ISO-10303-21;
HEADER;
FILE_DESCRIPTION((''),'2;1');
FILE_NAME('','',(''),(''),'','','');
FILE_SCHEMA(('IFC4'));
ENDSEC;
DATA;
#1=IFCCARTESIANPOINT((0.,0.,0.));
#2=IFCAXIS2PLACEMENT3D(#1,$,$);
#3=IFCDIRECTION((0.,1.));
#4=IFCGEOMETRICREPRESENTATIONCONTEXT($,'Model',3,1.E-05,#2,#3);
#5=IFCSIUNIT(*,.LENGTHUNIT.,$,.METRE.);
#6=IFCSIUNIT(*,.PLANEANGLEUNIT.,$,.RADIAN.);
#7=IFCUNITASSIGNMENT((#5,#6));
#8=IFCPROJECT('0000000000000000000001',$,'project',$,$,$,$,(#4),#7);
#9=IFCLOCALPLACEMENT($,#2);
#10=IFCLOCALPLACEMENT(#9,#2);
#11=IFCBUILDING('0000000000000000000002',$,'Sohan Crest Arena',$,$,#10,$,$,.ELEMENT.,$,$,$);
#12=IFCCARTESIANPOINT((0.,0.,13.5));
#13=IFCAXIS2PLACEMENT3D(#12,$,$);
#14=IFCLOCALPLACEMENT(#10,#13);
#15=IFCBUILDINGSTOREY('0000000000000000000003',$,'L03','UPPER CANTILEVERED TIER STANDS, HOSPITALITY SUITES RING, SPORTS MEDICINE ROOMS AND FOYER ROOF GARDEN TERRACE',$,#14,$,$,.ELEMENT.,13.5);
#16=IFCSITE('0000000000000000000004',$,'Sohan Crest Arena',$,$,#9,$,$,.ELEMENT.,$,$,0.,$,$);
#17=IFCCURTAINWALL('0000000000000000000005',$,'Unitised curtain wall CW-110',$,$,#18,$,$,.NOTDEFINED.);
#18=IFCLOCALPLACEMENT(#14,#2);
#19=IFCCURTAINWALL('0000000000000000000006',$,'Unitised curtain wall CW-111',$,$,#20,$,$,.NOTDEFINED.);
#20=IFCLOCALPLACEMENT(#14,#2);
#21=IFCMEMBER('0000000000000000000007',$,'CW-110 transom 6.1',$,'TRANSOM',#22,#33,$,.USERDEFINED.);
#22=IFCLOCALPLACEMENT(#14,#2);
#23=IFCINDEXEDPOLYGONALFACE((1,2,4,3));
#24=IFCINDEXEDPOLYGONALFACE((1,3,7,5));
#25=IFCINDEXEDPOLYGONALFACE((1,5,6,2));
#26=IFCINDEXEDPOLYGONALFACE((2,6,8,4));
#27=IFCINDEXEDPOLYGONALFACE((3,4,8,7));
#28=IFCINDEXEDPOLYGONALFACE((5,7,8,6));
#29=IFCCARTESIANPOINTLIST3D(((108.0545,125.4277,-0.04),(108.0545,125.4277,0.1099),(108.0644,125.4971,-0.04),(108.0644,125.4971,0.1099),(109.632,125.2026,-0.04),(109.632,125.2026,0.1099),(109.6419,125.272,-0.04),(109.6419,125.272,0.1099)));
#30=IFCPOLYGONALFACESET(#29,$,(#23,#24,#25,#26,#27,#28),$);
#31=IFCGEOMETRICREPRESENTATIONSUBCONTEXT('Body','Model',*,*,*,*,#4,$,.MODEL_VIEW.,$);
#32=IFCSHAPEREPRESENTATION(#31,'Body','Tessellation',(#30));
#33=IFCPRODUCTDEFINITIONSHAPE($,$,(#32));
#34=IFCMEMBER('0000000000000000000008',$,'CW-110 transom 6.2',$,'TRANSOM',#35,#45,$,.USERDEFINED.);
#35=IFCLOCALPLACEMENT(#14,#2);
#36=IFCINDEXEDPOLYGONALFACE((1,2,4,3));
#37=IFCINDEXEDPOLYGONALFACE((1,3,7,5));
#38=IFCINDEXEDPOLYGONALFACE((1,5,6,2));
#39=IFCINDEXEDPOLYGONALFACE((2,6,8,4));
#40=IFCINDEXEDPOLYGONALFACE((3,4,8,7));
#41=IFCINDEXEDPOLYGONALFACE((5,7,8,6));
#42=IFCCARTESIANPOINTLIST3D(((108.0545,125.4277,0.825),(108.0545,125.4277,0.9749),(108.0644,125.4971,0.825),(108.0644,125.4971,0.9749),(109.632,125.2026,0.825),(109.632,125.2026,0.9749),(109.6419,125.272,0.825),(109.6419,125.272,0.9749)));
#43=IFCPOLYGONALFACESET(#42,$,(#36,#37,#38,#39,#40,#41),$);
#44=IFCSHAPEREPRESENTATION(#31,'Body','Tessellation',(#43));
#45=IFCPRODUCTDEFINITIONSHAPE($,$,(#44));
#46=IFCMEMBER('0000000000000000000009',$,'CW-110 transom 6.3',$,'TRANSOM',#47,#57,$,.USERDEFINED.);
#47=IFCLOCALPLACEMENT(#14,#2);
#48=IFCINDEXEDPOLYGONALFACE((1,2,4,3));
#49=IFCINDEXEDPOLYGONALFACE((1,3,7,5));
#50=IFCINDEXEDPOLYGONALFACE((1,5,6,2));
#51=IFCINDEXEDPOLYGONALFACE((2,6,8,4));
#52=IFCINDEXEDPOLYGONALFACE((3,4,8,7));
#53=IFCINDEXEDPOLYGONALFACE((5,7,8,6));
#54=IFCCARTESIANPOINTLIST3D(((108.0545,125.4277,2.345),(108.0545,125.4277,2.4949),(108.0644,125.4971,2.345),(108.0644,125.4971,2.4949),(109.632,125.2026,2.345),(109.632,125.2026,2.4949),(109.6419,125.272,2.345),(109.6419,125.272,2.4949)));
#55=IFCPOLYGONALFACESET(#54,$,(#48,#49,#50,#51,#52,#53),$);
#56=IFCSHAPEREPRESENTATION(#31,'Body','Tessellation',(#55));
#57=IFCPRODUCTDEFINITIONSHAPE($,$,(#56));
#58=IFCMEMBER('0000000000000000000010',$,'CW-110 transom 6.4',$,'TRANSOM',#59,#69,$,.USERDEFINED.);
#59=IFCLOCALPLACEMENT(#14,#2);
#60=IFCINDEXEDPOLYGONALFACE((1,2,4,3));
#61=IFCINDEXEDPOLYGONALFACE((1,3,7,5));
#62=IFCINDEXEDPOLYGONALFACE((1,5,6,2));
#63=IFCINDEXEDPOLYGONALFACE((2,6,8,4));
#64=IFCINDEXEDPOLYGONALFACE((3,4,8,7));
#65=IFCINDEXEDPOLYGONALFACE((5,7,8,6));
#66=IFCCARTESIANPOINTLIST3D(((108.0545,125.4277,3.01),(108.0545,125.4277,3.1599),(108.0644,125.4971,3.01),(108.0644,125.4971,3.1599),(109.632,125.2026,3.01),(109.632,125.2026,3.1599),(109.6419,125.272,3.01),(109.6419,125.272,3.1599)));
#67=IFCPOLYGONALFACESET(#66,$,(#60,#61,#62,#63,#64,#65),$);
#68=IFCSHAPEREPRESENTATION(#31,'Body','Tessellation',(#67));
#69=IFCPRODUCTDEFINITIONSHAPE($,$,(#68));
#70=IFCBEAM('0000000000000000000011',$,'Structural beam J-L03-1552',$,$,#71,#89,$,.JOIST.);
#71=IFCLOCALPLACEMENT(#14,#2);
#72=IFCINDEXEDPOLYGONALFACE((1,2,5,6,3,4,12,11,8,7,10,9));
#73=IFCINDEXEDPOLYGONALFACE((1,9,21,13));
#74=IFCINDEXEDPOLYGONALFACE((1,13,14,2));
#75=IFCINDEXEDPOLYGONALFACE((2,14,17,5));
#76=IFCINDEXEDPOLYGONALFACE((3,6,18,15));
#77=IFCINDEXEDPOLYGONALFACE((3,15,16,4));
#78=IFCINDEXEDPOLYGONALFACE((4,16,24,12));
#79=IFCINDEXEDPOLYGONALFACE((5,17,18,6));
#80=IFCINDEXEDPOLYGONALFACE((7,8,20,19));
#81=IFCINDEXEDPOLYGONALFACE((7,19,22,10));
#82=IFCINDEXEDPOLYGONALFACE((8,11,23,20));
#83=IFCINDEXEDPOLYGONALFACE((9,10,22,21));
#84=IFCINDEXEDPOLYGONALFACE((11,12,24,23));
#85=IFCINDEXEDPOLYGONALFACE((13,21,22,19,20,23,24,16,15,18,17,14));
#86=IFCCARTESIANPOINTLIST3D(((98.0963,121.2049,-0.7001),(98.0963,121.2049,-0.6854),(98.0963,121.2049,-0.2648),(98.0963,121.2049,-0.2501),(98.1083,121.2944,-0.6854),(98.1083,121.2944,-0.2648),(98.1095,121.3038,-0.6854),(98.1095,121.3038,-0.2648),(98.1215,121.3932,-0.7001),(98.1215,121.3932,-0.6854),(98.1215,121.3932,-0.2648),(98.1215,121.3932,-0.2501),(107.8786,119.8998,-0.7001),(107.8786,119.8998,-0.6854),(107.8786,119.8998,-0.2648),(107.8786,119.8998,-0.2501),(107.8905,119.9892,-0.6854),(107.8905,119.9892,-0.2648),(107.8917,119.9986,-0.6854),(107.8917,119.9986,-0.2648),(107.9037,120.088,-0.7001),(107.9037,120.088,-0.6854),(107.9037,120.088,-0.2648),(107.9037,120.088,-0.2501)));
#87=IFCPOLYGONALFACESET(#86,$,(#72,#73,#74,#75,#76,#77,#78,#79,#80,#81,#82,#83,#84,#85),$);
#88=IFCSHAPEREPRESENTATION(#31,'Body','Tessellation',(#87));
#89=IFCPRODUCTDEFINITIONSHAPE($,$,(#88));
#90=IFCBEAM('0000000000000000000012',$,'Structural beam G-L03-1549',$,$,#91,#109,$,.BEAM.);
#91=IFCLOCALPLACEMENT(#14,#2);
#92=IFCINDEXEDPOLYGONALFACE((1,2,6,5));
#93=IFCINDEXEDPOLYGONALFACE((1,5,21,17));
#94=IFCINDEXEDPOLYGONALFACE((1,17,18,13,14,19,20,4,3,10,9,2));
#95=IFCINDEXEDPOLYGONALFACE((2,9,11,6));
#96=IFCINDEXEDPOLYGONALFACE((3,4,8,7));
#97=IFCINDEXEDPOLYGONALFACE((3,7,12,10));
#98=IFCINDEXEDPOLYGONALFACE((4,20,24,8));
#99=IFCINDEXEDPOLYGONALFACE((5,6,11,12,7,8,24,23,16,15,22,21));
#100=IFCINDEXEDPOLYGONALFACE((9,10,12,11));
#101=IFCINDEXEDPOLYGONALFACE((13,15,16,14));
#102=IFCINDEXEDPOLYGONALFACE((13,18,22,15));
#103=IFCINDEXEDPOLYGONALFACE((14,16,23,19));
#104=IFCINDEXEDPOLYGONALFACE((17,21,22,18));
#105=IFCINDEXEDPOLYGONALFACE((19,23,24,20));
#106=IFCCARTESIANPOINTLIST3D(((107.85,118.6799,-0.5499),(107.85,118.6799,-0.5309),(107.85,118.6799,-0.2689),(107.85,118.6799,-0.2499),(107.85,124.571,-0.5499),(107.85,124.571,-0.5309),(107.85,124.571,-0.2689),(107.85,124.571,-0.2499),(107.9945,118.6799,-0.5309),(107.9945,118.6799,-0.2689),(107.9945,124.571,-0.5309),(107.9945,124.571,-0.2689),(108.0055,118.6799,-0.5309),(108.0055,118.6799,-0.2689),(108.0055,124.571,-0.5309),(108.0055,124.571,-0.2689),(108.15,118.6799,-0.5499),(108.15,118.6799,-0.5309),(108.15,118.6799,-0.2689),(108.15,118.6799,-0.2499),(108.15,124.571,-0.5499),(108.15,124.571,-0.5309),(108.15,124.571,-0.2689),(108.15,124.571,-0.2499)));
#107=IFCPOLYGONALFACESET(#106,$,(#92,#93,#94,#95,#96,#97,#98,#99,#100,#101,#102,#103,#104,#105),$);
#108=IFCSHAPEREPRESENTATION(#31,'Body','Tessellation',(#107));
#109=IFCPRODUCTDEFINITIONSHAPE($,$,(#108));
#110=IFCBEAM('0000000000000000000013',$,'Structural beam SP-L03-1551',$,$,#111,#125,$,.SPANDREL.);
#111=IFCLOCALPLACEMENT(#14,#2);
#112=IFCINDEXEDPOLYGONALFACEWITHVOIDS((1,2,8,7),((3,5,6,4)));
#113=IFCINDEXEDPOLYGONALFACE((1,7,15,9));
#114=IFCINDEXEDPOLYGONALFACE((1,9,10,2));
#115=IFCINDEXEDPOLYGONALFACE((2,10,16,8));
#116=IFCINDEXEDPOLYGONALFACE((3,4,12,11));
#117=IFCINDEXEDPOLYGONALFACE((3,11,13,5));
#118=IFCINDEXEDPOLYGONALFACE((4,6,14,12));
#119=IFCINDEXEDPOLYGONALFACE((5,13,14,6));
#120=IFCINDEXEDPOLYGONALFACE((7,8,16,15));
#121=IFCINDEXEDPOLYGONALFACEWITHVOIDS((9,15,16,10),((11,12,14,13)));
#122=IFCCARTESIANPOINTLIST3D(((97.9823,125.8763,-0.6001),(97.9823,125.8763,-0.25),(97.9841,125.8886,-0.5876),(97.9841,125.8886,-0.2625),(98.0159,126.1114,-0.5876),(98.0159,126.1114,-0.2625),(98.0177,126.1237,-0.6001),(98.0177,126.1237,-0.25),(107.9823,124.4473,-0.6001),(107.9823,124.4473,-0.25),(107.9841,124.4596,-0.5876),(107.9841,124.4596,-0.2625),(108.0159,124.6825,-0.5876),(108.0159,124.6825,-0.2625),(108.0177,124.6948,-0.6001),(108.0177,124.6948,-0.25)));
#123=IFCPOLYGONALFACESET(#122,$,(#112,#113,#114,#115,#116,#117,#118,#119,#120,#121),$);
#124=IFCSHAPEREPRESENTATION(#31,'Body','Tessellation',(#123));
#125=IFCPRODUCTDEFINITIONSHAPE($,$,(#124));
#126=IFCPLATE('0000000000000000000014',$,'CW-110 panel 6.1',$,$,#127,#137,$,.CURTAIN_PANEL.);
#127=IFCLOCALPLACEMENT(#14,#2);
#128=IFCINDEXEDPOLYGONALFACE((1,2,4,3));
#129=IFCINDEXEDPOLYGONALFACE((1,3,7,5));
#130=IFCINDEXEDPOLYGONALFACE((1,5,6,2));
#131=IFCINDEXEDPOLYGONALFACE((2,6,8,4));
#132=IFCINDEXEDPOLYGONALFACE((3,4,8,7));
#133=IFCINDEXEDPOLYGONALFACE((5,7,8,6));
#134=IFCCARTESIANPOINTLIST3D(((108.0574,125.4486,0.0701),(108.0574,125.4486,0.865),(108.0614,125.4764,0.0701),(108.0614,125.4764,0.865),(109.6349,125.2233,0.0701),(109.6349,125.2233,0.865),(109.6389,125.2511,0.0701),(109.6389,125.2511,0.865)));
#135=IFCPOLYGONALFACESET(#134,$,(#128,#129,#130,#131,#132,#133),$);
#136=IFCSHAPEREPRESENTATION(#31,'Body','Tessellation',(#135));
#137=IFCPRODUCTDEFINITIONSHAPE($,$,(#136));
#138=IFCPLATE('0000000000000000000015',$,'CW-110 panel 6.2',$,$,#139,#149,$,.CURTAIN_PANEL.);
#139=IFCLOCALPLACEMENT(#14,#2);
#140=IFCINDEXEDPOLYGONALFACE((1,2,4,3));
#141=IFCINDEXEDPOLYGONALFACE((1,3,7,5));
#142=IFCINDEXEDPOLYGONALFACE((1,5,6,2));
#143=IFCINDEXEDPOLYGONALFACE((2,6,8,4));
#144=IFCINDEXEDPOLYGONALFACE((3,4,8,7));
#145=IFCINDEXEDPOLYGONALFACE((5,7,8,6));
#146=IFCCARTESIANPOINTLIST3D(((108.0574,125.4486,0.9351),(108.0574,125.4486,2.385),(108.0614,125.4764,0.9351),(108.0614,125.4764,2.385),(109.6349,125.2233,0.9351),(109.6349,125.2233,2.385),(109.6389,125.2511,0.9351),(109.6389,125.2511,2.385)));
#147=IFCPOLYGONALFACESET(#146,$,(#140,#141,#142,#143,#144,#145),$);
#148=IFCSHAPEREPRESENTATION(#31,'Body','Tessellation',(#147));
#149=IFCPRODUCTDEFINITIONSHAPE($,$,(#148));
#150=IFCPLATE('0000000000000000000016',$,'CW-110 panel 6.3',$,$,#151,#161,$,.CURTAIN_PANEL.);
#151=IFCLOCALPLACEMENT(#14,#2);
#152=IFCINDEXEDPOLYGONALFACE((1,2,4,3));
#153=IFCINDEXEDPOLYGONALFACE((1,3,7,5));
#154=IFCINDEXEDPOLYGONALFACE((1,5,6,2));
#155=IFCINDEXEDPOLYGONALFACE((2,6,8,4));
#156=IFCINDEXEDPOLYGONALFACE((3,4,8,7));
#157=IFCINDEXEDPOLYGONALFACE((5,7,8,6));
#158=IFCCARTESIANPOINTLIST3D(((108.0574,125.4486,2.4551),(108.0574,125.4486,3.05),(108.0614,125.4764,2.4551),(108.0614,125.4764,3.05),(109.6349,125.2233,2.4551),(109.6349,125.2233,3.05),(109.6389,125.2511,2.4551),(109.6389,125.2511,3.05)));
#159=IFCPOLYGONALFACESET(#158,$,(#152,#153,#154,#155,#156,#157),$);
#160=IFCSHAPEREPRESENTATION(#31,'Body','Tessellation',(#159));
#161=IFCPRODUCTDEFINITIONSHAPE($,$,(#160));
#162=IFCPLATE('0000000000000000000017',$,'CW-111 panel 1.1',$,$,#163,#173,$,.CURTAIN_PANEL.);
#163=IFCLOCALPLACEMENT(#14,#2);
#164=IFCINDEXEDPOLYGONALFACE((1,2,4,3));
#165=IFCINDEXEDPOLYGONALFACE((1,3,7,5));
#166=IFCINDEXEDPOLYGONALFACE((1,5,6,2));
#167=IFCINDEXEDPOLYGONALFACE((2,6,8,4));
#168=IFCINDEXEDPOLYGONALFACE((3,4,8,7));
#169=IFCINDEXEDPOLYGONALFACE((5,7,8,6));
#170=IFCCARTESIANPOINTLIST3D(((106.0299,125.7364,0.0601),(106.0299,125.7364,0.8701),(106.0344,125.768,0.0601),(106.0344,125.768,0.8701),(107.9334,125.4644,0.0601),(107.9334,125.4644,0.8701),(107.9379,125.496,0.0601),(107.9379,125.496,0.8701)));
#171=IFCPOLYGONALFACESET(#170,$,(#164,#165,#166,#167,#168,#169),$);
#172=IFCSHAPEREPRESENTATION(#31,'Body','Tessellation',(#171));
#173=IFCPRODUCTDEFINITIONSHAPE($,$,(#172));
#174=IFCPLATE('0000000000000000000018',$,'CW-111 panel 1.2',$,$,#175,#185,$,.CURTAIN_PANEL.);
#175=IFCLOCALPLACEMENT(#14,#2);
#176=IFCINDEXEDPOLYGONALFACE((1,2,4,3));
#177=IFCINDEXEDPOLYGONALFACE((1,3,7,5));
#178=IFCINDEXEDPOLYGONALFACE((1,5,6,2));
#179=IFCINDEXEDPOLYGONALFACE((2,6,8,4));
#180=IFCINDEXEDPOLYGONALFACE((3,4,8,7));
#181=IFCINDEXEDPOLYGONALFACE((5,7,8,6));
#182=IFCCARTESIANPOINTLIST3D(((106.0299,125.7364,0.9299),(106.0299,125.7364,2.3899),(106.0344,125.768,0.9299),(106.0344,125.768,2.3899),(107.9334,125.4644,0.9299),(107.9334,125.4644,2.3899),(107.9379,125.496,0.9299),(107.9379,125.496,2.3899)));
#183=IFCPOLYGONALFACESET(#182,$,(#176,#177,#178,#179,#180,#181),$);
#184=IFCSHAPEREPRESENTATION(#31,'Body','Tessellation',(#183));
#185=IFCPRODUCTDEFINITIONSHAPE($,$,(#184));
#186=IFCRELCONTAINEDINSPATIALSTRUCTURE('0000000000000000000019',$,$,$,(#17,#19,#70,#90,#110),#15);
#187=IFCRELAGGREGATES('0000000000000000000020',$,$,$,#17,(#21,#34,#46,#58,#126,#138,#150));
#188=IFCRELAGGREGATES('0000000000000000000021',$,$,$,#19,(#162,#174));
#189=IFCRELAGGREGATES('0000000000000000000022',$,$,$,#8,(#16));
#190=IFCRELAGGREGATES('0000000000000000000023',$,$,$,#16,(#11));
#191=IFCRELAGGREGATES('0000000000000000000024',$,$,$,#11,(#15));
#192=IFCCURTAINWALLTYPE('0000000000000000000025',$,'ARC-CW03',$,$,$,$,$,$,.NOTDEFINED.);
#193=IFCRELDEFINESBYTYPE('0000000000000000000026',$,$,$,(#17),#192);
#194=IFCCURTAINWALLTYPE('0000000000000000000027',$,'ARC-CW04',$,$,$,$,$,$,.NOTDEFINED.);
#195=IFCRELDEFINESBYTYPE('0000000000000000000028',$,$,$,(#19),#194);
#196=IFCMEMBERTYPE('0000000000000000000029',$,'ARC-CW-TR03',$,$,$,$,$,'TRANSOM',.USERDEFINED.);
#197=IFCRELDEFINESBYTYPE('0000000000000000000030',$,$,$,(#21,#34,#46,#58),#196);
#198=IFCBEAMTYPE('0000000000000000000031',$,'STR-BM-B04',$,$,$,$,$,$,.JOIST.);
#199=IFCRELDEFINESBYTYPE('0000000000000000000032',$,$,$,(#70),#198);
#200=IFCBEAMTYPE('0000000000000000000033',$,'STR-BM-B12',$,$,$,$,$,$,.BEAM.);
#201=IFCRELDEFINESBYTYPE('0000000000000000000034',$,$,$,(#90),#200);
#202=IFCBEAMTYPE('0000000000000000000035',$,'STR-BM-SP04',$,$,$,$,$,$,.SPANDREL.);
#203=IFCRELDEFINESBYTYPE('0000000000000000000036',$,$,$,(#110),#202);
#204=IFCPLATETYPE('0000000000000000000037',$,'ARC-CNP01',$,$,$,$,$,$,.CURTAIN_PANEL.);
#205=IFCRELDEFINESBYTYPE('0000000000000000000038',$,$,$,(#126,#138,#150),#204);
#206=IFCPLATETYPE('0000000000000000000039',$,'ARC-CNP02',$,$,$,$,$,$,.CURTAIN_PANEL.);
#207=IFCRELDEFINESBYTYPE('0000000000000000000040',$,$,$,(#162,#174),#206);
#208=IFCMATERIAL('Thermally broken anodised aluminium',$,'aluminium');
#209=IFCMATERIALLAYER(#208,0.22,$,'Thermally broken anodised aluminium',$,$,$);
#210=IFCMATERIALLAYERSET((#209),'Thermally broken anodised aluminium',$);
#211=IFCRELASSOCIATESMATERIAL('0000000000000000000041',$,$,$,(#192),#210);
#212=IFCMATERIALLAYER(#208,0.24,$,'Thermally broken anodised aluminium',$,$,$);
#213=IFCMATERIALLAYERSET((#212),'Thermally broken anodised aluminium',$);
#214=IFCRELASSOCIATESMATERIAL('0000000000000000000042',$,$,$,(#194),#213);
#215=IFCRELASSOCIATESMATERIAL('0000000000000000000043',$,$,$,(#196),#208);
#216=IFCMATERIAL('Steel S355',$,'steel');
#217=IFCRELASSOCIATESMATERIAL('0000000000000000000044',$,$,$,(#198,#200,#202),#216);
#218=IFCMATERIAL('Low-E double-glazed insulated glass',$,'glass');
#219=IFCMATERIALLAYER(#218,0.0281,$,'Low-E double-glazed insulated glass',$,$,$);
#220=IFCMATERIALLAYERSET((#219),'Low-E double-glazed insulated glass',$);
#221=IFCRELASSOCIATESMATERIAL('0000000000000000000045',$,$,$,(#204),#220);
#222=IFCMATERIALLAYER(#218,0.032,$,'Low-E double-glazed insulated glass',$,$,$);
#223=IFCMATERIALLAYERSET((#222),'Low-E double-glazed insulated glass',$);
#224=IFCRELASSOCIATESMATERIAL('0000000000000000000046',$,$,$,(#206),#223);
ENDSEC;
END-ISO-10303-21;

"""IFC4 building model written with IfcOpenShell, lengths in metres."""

from ifc_helpers import new_model, si_unit, direction, frame, origin, origin_2d, place, context, subcontext, project, spatial, rectangle, hollow_rectangle, i_section, extrude, material, layer, layer_set, material_profile, profile_set, type_object, element, aggregate, save


model = new_model("IFC4")

# Units and contexts
model_context = context("Model", 3, precision=1e-05, world=origin(), true_north=direction((0.0, 1.0)))
body_context = subcontext(model_context, "Body", "Model", "MODEL_VIEW")
ifc_project = project(units=[si_unit("LENGTHUNIT", "METRE"), si_unit("PLANEANGLEUNIT", "RADIAN")], contexts=[model_context])

# Site, building, storey
site_placement = place(None, origin())
site = spatial("IfcSite", under=ifc_project, at=site_placement, Name="Sohan Crest Arena", CompositionType="ELEMENT", RefElevation=0.0)
building_placement = place(site_placement, origin())
building = spatial("IfcBuilding", under=site, at=building_placement, Name="Sohan Crest Arena", CompositionType="ELEMENT")
storey_placement = place(building_placement, frame((0.0, 0.0, 13.5)))
storey = spatial("IfcBuildingStorey", under=building, at=storey_placement, Name="L03", Description="UPPER CANTILEVERED TIER STANDS, HOSPITALITY SUITES RING, SPORTS MEDICINE ROOMS AND FOYER ROOF GARDEN TERRACE", CompositionType="ELEMENT", Elevation=13.5)

# Shared definitions
ifc_material_1 = material(Name="Steel S355", Category="steel")

# Curtain walls
ifc_material_2 = material(Name="Thermally broken anodised aluminium", Category="aluminium")
ifc_layer_1 = layer(ifc_material_2, 0.22, Name="Thermally broken anodised aluminium")
ifc_layer_set_1 = layer_set([ifc_layer_1], Name="Thermally broken anodised aluminium")
curtain_wall_type_1 = type_object("IfcCurtainWallType", Name="ARC-CW03", PredefinedType="NOTDEFINED", material=ifc_layer_set_1)
curtain_wall_1_placement = place(storey_placement, origin())
curtain_wall_1 = element("IfcCurtainWall", 1, at=curtain_wall_1_placement, inside=storey, type_object=curtain_wall_type_1, Name="Unitised curtain wall CW-110", PredefinedType="NOTDEFINED")
ifc_layer_2 = layer(ifc_material_2, 0.24, Name="Thermally broken anodised aluminium")
ifc_layer_set_2 = layer_set([ifc_layer_2], Name="Thermally broken anodised aluminium")
curtain_wall_type_2 = type_object("IfcCurtainWallType", Name="ARC-CW04", PredefinedType="NOTDEFINED", material=ifc_layer_set_2)
curtain_wall_2_placement = place(storey_placement, origin())
curtain_wall_2 = element("IfcCurtainWall", 2, at=curtain_wall_2_placement, inside=storey, type_object=curtain_wall_type_2, Name="Unitised curtain wall CW-111", PredefinedType="NOTDEFINED")

# Members
ifc_material_profile_1 = material_profile(ifc_material_2, rectangle(XDim=0.0701, YDim=0.1499, at=origin_2d()), Name="ALU-TRAN 70x150")
ifc_profile_set_1 = profile_set([ifc_material_profile_1], Name="Thermally broken anodised aluminium")
member_type_1 = type_object("IfcMemberType", Name="ARC-CW-TR03", ElementType="TRANSOM", PredefinedType="USERDEFINED", material=ifc_profile_set_1)
member_1_placement = place(storey_placement, frame((109.637, 125.2373, 0.0349), z_axis=(-0.989974, 0.14125, 0.0), x_axis=(-0.14125, -0.989974, 0.0)))
member_1 = element("IfcMember", 3, at=member_1_placement, type_object=member_type_1, Name="CW-110 transom 6.1", ObjectType="TRANSOM", PredefinedType="USERDEFINED", context=body_context, shape_type="SweptSolid", body=[
    extrude(rectangle(XDim=0.0701, YDim=0.1499, at=origin_2d()), origin(), (0.0, 0.0, 1.0), 1.5935),
])
member_2_placement = place(storey_placement, frame((109.637, 125.2373, 0.8999), z_axis=(-0.989974, 0.14125, 0.0), x_axis=(-0.14125, -0.989974, 0.0)))
member_2 = element("IfcMember", 4, at=member_2_placement, type_object=member_type_1, Name="CW-110 transom 6.2", ObjectType="TRANSOM", PredefinedType="USERDEFINED", context=body_context, shape_type="SweptSolid", body=[
    extrude(rectangle(XDim=0.0701, YDim=0.1499, at=origin_2d()), origin(), (0.0, 0.0, 1.0), 1.5935),
])
member_3_placement = place(storey_placement, frame((109.637, 125.2373, 2.4199), z_axis=(-0.989974, 0.14125, 0.0), x_axis=(-0.14125, -0.989974, 0.0)))
member_3 = element("IfcMember", 5, at=member_3_placement, type_object=member_type_1, Name="CW-110 transom 6.3", ObjectType="TRANSOM", PredefinedType="USERDEFINED", context=body_context, shape_type="SweptSolid", body=[
    extrude(rectangle(XDim=0.0701, YDim=0.1499, at=origin_2d()), origin(), (0.0, 0.0, 1.0), 1.5935),
])
member_4_placement = place(storey_placement, frame((109.637, 125.2373, 3.085), z_axis=(-0.989974, 0.14125, 0.0), x_axis=(-0.14125, -0.989974, 0.0)))
member_4 = element("IfcMember", 6, at=member_4_placement, type_object=member_type_1, Name="CW-110 transom 6.4", ObjectType="TRANSOM", PredefinedType="USERDEFINED", context=body_context, shape_type="SweptSolid", body=[
    extrude(rectangle(XDim=0.0701, YDim=0.1499, at=origin_2d()), origin(), (0.0, 0.0, 1.0), 1.5935),
])

# Beams
ifc_material_profile_2 = material_profile(ifc_material_1, i_section(OverallWidth=0.1899, OverallDepth=0.45, WebThickness=0.0095, FlangeThickness=0.0146, at=origin_2d()), Name="IPE 450")
ifc_profile_set_2 = profile_set([ifc_material_profile_2], Name="Steel S355")
beam_type_1 = type_object("IfcBeamType", Name="STR-BM-B04", PredefinedType="JOIST", material=ifc_profile_set_2)
beam_1_placement = place(storey_placement, frame((107.8911, 119.9939, -0.4751), z_axis=(-0.991216, 0.132251, 0.0), x_axis=(-0.132251, -0.991216, 0.0)))
element("IfcBeam", 7, at=beam_1_placement, inside=storey, type_object=beam_type_1, Name="Structural beam J-L03-1552", PredefinedType="JOIST", context=body_context, shape_type="SweptSolid", body=[
    extrude(i_section(OverallWidth=0.1899, OverallDepth=0.45, WebThickness=0.0095, FlangeThickness=0.0146, at=origin_2d()), origin(), (0.0, 0.0, 1.0), 9.8689),
])
ifc_material_profile_3 = material_profile(ifc_material_1, i_section(OverallWidth=0.3, OverallDepth=0.3, WebThickness=0.011, FlangeThickness=0.019, at=origin_2d()), Name="HEB 300")
ifc_profile_set_3 = profile_set([ifc_material_profile_3], Name="Steel S355")
beam_type_2 = type_object("IfcBeamType", Name="STR-BM-B12", PredefinedType="BEAM", material=ifc_profile_set_3)
beam_2_placement = place(storey_placement, frame((108.0, 118.6799, -0.3999), z_axis=(0.0, 1.0, 0.0), x_axis=(-1.0, 0.0, 0.0)))
element("IfcBeam", 8, at=beam_2_placement, inside=storey, type_object=beam_type_2, Name="Structural beam G-L03-1549", PredefinedType="BEAM", context=body_context, shape_type="SweptSolid", body=[
    extrude(i_section(OverallWidth=0.3, OverallDepth=0.3, WebThickness=0.011, FlangeThickness=0.019, at=origin_2d()), origin(), (0.0, 0.0, 1.0), 5.8911),
])
ifc_material_profile_4 = material_profile(ifc_material_1, hollow_rectangle(XDim=0.25, YDim=0.3501, WallThickness=0.0125, at=origin_2d()), Name="RHS 350x250x12.5")
ifc_profile_set_4 = profile_set([ifc_material_profile_4], Name="Steel S355")
beam_type_3 = type_object("IfcBeamType", Name="STR-BM-SP04", PredefinedType="SPANDREL", material=ifc_profile_set_4)
beam_3_placement = place(storey_placement, frame((108.0, 124.571, -0.425), z_axis=(-0.989944, 0.141459, 0.0), x_axis=(-0.141459, -0.989944, 0.0)))
element("IfcBeam", 9, at=beam_3_placement, inside=storey, type_object=beam_type_3, Name="Structural beam SP-L03-1551", PredefinedType="SPANDREL", context=body_context, shape_type="SweptSolid", body=[
    extrude(hollow_rectangle(XDim=0.25, YDim=0.3501, WallThickness=0.0125, at=origin_2d()), origin(), (0.0, 0.0, 1.0), 10.1016),
])

# Plates
ifc_material_3 = material(Name="Low-E double-glazed insulated glass", Category="glass")
ifc_layer_3 = layer(ifc_material_3, 0.0281, Name="Low-E double-glazed insulated glass")
ifc_layer_set_3 = layer_set([ifc_layer_3], Name="Low-E double-glazed insulated glass")
plate_type_1 = type_object("IfcPlateType", Name="ARC-CNP01", PredefinedType="CURTAIN_PANEL", material=ifc_layer_set_3)
plate_1_placement = place(storey_placement, frame((108.8481, 125.3499, 0.0701), z_axis=(0.0, 0.0, 1.0), x_axis=(-0.989957, 0.141366, 0.0)))
plate_1 = element("IfcPlate", 10, at=plate_1_placement, type_object=plate_type_1, Name="CW-110 panel 6.1", PredefinedType="CURTAIN_PANEL", context=body_context, shape_type="SweptSolid", body=[
    extrude(rectangle(XDim=1.5935, YDim=0.0281, at=origin_2d()), origin(), (0.0, 0.0, 1.0), 0.7949),
])
plate_2_placement = place(storey_placement, frame((108.8481, 125.3499, 0.9351), z_axis=(0.0, 0.0, 1.0), x_axis=(-0.989957, 0.141366, 0.0)))
plate_2 = element("IfcPlate", 11, at=plate_2_placement, type_object=plate_type_1, Name="CW-110 panel 6.2", PredefinedType="CURTAIN_PANEL", context=body_context, shape_type="SweptSolid", body=[
    extrude(rectangle(XDim=1.5935, YDim=0.0281, at=origin_2d()), origin(), (0.0, 0.0, 1.0), 1.45),
])
plate_3_placement = place(storey_placement, frame((108.8481, 125.3499, 2.4551), z_axis=(0.0, 0.0, 1.0), x_axis=(-0.989957, 0.141366, 0.0)))
plate_3 = element("IfcPlate", 12, at=plate_3_placement, type_object=plate_type_1, Name="CW-110 panel 6.3", PredefinedType="CURTAIN_PANEL", context=body_context, shape_type="SweptSolid", body=[
    extrude(rectangle(XDim=1.5935, YDim=0.0281, at=origin_2d()), origin(), (0.0, 0.0, 1.0), 0.595),
])
aggregate(curtain_wall_1, [member_1, member_2, member_3, member_4, plate_1, plate_2, plate_3])
ifc_layer_4 = layer(ifc_material_3, 0.032, Name="Low-E double-glazed insulated glass")
ifc_layer_set_4 = layer_set([ifc_layer_4], Name="Low-E double-glazed insulated glass")
plate_type_2 = type_object("IfcPlateType", Name="ARC-CNP02", PredefinedType="CURTAIN_PANEL", material=ifc_layer_set_4)
plate_4_placement = place(storey_placement, frame((106.9839, 125.6162, 0.0601), z_axis=(0.0, 0.0, 1.0), x_axis=(-0.989944, 0.141463, 0.0)))
plate_4 = element("IfcPlate", 13, at=plate_4_placement, type_object=plate_type_2, Name="CW-111 panel 1.1", PredefinedType="CURTAIN_PANEL", context=body_context, shape_type="SweptSolid", body=[
    extrude(rectangle(XDim=1.9229, YDim=0.032, at=origin_2d()), origin(), (0.0, 0.0, 1.0), 0.8101),
])
plate_5_placement = place(storey_placement, frame((106.9839, 125.6162, 0.9299), z_axis=(0.0, 0.0, 1.0), x_axis=(-0.989944, 0.141463, 0.0)))
plate_5 = element("IfcPlate", 14, at=plate_5_placement, type_object=plate_type_2, Name="CW-111 panel 1.2", PredefinedType="CURTAIN_PANEL", context=body_context, shape_type="SweptSolid", body=[
    extrude(rectangle(XDim=1.9229, YDim=0.032, at=origin_2d()), origin(), (0.0, 0.0, 1.0), 1.46),
])
aggregate(curtain_wall_2, [plate_4, plate_5])

save(model, "model.ifc")
